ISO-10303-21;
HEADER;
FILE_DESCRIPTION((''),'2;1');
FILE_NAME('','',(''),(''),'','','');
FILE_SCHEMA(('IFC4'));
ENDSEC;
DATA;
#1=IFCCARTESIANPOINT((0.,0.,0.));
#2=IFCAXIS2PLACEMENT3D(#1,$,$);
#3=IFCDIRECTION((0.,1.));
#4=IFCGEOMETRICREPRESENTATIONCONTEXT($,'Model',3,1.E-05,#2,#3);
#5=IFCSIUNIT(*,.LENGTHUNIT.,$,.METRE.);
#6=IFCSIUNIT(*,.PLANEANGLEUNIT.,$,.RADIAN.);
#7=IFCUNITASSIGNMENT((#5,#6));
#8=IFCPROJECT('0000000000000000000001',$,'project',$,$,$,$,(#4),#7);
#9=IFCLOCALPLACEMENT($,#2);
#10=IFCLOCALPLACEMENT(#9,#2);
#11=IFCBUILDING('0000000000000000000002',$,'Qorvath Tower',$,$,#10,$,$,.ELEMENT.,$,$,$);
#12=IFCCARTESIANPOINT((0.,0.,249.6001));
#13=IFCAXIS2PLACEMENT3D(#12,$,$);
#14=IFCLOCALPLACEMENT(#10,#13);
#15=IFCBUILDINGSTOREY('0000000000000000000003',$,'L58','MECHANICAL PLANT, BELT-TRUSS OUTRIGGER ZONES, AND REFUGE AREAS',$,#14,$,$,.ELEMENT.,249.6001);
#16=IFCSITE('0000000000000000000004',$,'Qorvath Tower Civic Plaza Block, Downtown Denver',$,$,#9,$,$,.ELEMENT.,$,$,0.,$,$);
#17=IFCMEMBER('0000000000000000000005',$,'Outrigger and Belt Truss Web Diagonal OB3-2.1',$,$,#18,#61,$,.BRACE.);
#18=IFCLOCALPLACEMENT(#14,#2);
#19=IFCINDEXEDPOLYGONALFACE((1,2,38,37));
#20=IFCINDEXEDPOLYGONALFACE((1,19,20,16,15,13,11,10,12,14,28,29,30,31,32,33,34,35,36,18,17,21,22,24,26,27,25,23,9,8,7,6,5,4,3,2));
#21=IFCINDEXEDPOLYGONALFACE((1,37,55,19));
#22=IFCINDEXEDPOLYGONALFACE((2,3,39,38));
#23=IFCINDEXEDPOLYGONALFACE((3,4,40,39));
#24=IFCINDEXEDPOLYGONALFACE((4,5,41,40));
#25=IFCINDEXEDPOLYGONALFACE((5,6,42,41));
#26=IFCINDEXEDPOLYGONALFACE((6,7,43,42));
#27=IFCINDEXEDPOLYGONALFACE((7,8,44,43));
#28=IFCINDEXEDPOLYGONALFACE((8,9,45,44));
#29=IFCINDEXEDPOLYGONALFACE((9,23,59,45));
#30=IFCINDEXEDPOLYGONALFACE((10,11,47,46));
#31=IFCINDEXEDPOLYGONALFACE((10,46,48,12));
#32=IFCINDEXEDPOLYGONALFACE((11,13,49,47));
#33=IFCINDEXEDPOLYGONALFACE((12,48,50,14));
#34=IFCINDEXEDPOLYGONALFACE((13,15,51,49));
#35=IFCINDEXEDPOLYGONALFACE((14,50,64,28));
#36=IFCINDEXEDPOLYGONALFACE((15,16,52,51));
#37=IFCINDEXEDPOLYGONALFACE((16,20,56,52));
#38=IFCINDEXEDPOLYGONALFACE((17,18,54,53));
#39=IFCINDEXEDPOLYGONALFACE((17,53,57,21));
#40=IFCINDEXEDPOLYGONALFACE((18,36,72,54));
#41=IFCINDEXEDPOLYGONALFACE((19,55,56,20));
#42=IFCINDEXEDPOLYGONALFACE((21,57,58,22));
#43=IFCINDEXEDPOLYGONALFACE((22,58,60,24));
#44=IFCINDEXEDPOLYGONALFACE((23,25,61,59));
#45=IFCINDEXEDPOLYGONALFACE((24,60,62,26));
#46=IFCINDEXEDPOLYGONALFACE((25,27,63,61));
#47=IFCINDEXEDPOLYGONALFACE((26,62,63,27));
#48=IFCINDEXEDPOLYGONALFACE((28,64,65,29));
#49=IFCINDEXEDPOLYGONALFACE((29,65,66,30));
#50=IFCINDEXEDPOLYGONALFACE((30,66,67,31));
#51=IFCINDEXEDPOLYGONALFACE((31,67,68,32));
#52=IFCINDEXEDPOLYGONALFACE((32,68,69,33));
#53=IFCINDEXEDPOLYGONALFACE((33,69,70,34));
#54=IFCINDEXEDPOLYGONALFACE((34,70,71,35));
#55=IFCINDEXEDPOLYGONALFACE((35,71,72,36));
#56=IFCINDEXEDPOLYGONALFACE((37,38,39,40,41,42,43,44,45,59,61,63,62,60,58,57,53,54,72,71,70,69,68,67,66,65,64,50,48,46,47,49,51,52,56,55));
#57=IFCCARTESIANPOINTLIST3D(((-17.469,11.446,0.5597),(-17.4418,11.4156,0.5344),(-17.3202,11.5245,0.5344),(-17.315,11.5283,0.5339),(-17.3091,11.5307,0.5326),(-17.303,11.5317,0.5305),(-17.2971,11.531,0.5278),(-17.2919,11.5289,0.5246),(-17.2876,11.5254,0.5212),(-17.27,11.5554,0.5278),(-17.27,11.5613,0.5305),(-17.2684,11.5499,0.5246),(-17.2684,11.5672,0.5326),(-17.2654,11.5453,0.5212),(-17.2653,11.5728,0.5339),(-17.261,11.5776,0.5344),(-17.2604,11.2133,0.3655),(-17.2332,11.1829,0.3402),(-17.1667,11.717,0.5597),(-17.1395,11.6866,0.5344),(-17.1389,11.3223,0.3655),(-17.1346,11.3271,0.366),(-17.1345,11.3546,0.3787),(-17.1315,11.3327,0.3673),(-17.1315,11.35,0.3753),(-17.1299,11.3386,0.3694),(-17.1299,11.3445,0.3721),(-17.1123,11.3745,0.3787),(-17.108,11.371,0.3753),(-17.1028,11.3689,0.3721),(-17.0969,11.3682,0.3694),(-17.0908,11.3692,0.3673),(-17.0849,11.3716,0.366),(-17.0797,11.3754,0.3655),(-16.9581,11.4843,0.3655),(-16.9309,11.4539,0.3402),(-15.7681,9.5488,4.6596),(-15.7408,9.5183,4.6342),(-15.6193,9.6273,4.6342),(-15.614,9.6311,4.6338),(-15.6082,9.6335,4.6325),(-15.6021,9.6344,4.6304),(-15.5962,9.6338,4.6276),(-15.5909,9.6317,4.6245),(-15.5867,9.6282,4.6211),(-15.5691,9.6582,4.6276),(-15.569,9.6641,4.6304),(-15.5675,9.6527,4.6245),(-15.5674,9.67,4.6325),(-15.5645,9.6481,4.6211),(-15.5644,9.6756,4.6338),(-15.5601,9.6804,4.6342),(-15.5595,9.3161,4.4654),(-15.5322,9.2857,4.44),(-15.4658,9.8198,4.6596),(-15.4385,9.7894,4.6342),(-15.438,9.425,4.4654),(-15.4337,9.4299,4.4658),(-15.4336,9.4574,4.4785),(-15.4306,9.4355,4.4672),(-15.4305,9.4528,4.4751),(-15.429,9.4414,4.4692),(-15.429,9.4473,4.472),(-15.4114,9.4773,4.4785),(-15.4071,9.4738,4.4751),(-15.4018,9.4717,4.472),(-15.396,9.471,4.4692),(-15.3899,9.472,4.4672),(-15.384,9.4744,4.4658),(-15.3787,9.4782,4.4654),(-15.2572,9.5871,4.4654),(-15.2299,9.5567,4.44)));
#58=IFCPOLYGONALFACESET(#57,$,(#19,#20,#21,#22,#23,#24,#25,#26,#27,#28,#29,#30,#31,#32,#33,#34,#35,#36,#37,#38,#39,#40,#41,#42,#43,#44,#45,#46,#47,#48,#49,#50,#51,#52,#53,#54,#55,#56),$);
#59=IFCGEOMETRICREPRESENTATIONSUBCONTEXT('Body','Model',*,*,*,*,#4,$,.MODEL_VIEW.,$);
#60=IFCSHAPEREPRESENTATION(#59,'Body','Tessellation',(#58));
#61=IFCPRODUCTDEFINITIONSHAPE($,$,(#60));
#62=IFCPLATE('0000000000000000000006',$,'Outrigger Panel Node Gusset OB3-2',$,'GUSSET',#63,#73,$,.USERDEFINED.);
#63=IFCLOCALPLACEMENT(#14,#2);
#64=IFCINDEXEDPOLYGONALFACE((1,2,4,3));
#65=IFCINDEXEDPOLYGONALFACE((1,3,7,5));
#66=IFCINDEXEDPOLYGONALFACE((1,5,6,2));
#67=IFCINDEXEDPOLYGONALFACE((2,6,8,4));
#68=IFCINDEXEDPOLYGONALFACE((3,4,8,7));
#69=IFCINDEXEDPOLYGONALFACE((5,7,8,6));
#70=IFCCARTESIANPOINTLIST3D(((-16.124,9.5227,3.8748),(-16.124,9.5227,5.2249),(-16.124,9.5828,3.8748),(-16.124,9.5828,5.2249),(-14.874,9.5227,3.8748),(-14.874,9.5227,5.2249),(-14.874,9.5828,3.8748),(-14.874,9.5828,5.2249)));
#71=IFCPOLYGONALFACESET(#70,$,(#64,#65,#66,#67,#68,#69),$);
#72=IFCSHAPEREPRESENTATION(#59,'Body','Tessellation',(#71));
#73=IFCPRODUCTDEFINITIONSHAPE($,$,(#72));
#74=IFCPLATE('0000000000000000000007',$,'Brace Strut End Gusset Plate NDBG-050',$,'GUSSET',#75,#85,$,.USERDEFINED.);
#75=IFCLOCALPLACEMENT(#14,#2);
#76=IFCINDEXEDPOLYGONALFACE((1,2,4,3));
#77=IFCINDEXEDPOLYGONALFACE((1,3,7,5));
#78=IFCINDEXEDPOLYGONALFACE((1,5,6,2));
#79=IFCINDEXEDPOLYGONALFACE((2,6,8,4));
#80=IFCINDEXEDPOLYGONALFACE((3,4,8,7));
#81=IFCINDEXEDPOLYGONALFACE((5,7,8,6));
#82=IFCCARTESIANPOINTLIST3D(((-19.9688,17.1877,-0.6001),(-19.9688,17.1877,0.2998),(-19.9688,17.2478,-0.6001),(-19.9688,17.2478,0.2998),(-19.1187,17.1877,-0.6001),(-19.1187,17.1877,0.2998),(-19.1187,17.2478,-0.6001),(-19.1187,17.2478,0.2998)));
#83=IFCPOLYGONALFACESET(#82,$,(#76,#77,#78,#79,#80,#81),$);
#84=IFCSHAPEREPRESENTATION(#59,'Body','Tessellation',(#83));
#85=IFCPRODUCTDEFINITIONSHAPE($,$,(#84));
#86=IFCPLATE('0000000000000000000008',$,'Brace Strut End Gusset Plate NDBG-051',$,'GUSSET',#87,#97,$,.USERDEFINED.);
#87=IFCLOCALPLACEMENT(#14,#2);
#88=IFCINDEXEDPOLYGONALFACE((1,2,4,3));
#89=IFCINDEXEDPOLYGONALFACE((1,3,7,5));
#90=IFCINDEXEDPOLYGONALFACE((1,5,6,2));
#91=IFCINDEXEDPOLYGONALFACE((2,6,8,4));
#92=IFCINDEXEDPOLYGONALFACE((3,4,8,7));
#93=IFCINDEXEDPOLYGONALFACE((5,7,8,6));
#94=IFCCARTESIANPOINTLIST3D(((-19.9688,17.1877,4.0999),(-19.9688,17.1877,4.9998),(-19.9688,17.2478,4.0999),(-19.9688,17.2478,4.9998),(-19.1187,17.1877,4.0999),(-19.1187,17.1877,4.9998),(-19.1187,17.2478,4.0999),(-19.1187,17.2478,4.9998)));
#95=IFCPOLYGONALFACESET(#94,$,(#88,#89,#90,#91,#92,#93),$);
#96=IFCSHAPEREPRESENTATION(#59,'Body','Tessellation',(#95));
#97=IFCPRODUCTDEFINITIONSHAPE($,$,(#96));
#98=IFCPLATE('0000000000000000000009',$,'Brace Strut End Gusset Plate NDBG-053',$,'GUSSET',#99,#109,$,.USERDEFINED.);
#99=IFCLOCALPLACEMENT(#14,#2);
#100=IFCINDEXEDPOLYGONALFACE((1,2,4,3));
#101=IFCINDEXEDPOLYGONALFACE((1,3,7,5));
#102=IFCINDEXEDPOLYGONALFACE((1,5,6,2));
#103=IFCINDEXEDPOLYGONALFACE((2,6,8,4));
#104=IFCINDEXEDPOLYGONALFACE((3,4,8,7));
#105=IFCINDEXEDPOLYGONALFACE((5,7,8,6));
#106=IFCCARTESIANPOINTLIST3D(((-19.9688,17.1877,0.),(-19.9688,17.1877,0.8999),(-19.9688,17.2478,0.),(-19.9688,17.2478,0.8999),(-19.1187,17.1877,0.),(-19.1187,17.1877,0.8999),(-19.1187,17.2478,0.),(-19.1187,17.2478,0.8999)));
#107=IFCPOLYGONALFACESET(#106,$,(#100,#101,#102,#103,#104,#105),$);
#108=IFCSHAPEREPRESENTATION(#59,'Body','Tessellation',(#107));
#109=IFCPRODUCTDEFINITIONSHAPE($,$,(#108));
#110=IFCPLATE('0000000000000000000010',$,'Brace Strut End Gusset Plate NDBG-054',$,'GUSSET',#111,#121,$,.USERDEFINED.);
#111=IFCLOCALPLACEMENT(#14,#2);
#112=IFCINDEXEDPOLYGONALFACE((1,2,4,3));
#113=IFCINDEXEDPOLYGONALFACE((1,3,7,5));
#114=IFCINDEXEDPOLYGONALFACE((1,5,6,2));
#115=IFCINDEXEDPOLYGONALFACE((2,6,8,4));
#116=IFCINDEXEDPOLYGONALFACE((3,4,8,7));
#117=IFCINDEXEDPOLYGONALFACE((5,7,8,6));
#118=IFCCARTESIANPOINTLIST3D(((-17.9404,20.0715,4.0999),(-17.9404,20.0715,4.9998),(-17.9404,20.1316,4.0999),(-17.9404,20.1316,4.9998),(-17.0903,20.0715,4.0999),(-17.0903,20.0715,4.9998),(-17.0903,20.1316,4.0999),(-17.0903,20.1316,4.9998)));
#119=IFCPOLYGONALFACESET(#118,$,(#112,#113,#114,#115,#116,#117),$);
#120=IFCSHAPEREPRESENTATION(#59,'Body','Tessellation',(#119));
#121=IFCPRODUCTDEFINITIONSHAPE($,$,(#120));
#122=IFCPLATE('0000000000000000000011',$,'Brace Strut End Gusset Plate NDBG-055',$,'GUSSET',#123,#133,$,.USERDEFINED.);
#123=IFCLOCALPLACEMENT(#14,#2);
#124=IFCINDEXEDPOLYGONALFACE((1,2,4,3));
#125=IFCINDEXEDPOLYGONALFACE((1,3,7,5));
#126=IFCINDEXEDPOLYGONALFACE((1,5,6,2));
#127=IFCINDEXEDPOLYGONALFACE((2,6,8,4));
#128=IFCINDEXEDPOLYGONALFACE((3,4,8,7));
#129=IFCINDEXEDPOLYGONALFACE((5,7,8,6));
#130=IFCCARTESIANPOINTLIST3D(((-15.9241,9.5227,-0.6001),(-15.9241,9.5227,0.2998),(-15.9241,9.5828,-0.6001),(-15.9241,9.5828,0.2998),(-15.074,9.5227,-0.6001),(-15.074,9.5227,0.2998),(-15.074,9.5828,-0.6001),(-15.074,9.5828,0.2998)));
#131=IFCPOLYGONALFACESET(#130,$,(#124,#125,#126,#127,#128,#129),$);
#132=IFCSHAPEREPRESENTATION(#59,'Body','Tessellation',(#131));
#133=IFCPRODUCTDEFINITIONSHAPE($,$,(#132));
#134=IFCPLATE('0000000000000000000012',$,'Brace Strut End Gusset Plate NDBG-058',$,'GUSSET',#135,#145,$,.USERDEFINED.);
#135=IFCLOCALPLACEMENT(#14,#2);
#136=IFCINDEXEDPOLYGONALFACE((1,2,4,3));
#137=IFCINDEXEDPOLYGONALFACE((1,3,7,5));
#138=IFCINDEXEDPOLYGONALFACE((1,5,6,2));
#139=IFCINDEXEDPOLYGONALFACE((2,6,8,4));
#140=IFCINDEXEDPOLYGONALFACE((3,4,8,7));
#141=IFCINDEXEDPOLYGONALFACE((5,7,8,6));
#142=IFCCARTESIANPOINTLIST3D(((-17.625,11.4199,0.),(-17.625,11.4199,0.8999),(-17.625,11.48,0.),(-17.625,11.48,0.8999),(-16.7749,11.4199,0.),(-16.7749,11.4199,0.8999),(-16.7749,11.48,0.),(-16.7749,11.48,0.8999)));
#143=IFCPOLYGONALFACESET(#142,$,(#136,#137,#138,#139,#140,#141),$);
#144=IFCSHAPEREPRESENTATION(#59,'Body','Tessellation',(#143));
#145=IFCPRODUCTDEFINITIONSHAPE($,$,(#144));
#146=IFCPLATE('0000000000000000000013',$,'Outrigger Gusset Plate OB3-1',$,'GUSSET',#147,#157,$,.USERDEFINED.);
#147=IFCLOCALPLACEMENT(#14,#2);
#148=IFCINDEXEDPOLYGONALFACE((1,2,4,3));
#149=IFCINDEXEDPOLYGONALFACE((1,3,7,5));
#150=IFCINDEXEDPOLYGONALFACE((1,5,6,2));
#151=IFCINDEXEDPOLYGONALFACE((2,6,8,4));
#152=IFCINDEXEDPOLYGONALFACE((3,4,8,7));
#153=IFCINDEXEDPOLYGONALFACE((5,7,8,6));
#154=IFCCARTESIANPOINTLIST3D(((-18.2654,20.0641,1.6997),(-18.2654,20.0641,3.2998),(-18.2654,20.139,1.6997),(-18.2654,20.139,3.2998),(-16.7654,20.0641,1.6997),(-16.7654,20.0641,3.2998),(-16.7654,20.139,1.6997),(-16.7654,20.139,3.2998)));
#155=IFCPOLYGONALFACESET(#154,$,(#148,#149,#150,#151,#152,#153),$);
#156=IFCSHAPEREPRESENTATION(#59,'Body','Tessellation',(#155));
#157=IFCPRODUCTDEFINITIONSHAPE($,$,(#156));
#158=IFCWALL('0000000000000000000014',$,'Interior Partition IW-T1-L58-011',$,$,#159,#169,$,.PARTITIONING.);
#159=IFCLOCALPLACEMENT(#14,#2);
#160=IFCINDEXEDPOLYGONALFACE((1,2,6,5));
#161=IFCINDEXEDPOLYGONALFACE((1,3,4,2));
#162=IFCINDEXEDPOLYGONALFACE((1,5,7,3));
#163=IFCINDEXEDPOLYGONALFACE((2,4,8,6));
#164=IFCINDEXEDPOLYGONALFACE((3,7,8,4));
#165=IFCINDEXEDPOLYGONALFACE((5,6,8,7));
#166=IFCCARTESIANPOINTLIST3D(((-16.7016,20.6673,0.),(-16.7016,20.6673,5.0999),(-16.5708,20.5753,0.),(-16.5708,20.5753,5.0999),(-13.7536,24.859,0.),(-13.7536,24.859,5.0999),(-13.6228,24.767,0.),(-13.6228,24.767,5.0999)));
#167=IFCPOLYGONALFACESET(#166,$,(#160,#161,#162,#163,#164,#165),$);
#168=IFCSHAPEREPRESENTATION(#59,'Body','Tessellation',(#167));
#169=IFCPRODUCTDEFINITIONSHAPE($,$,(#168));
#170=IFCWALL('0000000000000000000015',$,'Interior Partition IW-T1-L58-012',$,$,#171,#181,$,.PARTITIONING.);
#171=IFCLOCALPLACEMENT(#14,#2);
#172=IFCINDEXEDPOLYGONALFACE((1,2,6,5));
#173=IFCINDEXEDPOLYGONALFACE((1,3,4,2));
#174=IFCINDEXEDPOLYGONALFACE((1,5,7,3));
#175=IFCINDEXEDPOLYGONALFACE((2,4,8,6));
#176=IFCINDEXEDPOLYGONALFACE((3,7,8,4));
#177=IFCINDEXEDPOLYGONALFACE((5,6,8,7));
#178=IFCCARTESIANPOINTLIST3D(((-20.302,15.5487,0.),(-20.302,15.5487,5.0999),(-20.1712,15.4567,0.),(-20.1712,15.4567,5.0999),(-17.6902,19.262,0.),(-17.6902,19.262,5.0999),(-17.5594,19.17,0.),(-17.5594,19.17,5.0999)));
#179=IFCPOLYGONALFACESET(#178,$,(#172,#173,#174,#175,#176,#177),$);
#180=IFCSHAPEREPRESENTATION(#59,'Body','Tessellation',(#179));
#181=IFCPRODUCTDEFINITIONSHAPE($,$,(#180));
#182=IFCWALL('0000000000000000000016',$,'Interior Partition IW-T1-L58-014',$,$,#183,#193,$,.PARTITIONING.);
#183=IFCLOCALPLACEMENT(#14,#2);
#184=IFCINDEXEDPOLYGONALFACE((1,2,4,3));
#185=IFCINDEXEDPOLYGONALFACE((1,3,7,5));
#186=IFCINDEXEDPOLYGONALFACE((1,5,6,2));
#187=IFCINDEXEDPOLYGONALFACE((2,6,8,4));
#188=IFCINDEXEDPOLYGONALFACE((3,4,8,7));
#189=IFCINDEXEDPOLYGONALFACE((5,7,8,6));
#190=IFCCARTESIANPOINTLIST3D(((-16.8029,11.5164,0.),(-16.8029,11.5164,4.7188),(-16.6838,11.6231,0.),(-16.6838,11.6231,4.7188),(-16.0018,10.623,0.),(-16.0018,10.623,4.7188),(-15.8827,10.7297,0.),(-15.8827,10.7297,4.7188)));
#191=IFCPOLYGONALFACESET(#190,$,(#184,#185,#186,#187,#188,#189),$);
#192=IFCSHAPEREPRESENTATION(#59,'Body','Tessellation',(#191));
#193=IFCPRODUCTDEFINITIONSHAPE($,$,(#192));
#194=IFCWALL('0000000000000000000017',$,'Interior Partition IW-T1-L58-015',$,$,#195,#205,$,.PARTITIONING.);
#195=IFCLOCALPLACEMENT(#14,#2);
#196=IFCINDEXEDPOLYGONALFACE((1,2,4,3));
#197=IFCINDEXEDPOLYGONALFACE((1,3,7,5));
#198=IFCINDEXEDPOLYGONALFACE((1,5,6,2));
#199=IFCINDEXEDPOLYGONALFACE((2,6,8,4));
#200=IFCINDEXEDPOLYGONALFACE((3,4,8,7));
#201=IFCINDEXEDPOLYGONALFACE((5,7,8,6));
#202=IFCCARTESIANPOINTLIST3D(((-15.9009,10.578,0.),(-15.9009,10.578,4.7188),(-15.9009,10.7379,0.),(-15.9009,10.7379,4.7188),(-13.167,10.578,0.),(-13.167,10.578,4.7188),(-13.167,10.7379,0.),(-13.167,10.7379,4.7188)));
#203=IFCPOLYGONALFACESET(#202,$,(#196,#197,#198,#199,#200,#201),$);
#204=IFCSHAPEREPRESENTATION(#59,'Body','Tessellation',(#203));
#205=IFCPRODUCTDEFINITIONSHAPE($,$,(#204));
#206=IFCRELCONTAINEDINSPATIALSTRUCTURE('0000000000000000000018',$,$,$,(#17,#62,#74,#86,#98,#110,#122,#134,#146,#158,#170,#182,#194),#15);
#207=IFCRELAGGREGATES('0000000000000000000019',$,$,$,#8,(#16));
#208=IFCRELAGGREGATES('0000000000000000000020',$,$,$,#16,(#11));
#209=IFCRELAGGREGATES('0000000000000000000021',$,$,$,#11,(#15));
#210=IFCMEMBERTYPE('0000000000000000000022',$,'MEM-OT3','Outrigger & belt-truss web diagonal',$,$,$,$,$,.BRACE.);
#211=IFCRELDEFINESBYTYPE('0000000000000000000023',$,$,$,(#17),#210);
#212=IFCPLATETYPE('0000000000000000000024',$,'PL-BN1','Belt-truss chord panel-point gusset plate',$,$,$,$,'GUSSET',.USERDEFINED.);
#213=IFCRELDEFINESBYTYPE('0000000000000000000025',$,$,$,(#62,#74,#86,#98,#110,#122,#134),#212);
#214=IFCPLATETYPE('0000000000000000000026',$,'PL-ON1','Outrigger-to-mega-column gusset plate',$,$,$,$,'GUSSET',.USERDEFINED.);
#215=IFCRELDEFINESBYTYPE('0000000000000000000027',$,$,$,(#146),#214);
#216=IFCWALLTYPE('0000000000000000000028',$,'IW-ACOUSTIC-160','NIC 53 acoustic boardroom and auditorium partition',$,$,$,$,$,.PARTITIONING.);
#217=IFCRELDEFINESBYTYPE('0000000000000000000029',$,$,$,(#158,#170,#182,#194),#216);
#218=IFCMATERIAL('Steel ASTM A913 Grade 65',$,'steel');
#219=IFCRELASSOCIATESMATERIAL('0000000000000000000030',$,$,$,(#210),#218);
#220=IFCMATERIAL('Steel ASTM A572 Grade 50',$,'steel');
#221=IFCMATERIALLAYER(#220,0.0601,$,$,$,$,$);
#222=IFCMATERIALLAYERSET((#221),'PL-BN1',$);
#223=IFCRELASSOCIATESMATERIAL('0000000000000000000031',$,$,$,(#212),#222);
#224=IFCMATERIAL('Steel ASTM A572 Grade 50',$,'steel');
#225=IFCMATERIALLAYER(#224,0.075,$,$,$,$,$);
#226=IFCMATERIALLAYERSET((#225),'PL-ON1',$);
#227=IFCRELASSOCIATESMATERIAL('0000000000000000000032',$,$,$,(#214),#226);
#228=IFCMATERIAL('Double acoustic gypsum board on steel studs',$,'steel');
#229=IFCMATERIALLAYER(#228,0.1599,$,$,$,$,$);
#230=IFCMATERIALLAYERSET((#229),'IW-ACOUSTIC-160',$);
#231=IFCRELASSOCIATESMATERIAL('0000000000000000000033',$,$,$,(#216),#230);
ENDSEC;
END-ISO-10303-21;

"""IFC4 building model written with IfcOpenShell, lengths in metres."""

from ifc_helpers import new_model, si_unit, direction, frame, frame_2d, origin, origin_2d, place, context, subcontext, project, spatial, rectangle, i_section, extrude, material, layer, layer_set, material_profile, profile_set, type_object, element, save


model = new_model("IFC4")

# Units and contexts
model_context = context("Model", 3, precision=1e-05, world=origin(), true_north=direction((0.0, 1.0)))
body_context = subcontext(model_context, "Body", "Model", "MODEL_VIEW")
ifc_project = project(units=[si_unit("LENGTHUNIT", "METRE"), si_unit("PLANEANGLEUNIT", "RADIAN")], contexts=[model_context])

# Site, building, storey
site_placement = place(None, origin())
site = spatial("IfcSite", under=ifc_project, at=site_placement, Name="Qorvath Tower Civic Plaza Block, Downtown Denver", CompositionType="ELEMENT", RefElevation=0.0)
building_placement = place(site_placement, origin())
building = spatial("IfcBuilding", under=site, at=building_placement, Name="Qorvath Tower", CompositionType="ELEMENT")
storey_placement = place(building_placement, frame((0.0, 0.0, 249.6001)))
storey = spatial("IfcBuildingStorey", under=building, at=storey_placement, Name="L58", Description="MECHANICAL PLANT, BELT-TRUSS OUTRIGGER ZONES, AND REFUGE AREAS", CompositionType="ELEMENT", Elevation=249.6001)

# Member
ifc_material_1 = material(Name="Steel ASTM A913 Grade 65", Category="steel")
ifc_material_profile_1 = material_profile(ifc_material_1, i_section(OverallWidth=0.406, OverallDepth=0.416, WebThickness=0.0298, FlangeThickness=0.0481, FilletRadius=0.0249, at=origin_2d()), Name="W14x257")
ifc_profile_set_1 = profile_set([ifc_material_profile_1], Name="Steel ASTM A913 Grade 65")
member_type_1 = type_object("IfcMemberType", Name="MEM-OT3", Description="Outrigger & belt-truss web diagonal", PredefinedType="BRACE", material=ifc_profile_set_1)
member_1_placement = place(storey_placement, frame((-17.2, 11.45, 0.45), z_axis=(0.352367, -0.39303, 0.849332), x_axis=(0.744574, 0.66754, 0.0)))
element("IfcMember", 1, at=member_1_placement, inside=storey, type_object=member_type_1, Name="Outrigger and Belt Truss Web Diagonal OB3-2.1", PredefinedType="BRACE", context=body_context, shape_type="SweptSolid", body=[
    extrude(i_section(OverallWidth=0.406, OverallDepth=0.416, WebThickness=0.0298, FlangeThickness=0.0481, FilletRadius=0.0249, at=origin_2d()), origin(), (0.0, 0.0, 1.0), 4.8271),
])

# Plates
ifc_material_2 = material(Name="Steel ASTM A572 Grade 50", Category="steel")
ifc_layer_1 = layer(ifc_material_2, 0.0601)
ifc_layer_set_1 = layer_set([ifc_layer_1], Name="PL-BN1")
plate_type_1 = type_object("IfcPlateType", Name="PL-BN1", Description="Belt-truss chord panel-point gusset plate", ElementType="GUSSET", PredefinedType="USERDEFINED", material=ifc_layer_set_1)
plate_1_placement = place(storey_placement, frame((-15.499, 9.5527, 3.8748), z_axis=(0.0, 0.0, 1.0), x_axis=(1.0, 0.0, 0.0)))
element("IfcPlate", 2, at=plate_1_placement, inside=storey, type_object=plate_type_1, Name="Outrigger Panel Node Gusset OB3-2", ObjectType="GUSSET", PredefinedType="USERDEFINED", context=body_context, shape_type="SweptSolid", body=[
    extrude(rectangle(XDim=1.25, YDim=0.0601, at=origin_2d()), origin(), (0.0, 0.0, 1.0), 1.3501),
])
for number, where, z_axis, x_axis, name in (
    (3, (-19.5437, 17.2178, -0.6001), (0.0, 0.0, 1.0), (1.0, 0.0, 0.0), "Brace Strut End Gusset Plate NDBG-050"),
    (4, (-19.5437, 17.2178, 4.0999), (0.0, 0.0, 1.0), (1.0, 0.0, 0.0), "Brace Strut End Gusset Plate NDBG-051"),
    (5, (-19.5437, 17.2178, 0.0), (0.0, 0.0, 1.0), (1.0, 0.0, 0.0), "Brace Strut End Gusset Plate NDBG-053"),
    (6, (-17.5154, 20.1016, 4.0999), (0.0, 0.0, 1.0), (1.0, 0.0, 0.0), "Brace Strut End Gusset Plate NDBG-054"),
    (7, (-15.499, 9.5527, -0.6001), (0.0, 0.0, 1.0), (1.0, 0.0, 0.0), "Brace Strut End Gusset Plate NDBG-055"),
    (8, (-17.2, 11.45, 0.0), (0.0, 0.0, 1.0), (1.0, 0.0, 0.0), "Brace Strut End Gusset Plate NDBG-058"),
):
    element("IfcPlate", number, at=place(storey_placement, frame(where, z_axis=z_axis, x_axis=x_axis)), inside=storey, type_object=plate_type_1, Name=name, ObjectType="GUSSET", PredefinedType="USERDEFINED", context=body_context, shape_type="SweptSolid", body=[
        extrude(rectangle(XDim=0.8501, YDim=0.0601, at=origin_2d()), origin(), (0.0, 0.0, 1.0), 0.8999),
    ])
ifc_material_3 = material(Name="Steel ASTM A572 Grade 50", Category="steel")
ifc_layer_2 = layer(ifc_material_3, 0.075)
ifc_layer_set_2 = layer_set([ifc_layer_2], Name="PL-ON1")
plate_type_2 = type_object("IfcPlateType", Name="PL-ON1", Description="Outrigger-to-mega-column gusset plate", ElementType="GUSSET", PredefinedType="USERDEFINED", material=ifc_layer_set_2)
plate_2_placement = place(storey_placement, frame((-17.5154, 20.1016, 1.6997), z_axis=(0.0, 0.0, 1.0), x_axis=(1.0, 0.0, 0.0)))
element("IfcPlate", 9, at=plate_2_placement, inside=storey, type_object=plate_type_2, Name="Outrigger Gusset Plate OB3-1", ObjectType="GUSSET", PredefinedType="USERDEFINED", context=body_context, shape_type="SweptSolid", body=[
    extrude(rectangle(XDim=1.5, YDim=0.075, at=origin_2d()), origin(), (0.0, 0.0, 1.0), 1.6001),
])

# Walls
ifc_material_4 = material(Name="Double acoustic gypsum board on steel studs", Category="steel")
ifc_layer_3 = layer(ifc_material_4, 0.1599)
ifc_layer_set_3 = layer_set([ifc_layer_3], Name="IW-ACOUSTIC-160")
wall_type_1 = type_object("IfcWallType", Name="IW-ACOUSTIC-160", Description="NIC 53 acoustic boardroom and auditorium partition", PredefinedType="PARTITIONING", material=ifc_layer_set_3)
wall_1_placement = place(storey_placement, frame((-13.6882, 24.813, 0.0), z_axis=(0.0, 0.0, 1.0), x_axis=(-0.575274, -0.817961, 0.0)))
element("IfcWall", 10, at=wall_1_placement, inside=storey, type_object=wall_type_1, Name="Interior Partition IW-T1-L58-011", PredefinedType="PARTITIONING", context=body_context, shape_type="SweptSolid", body=[
    extrude(rectangle(XDim=5.1245, YDim=0.1599, at=frame_2d((2.5623, 0.0))), origin(), (0.0, 0.0, 1.0), 5.0999),
])
wall_2_placement = place(storey_placement, frame((-17.6248, 19.2161, 0.0), z_axis=(0.0, 0.0, 1.0), x_axis=(-0.575302, -0.817941, 0.0)))
element("IfcWall", 11, at=wall_2_placement, inside=storey, type_object=wall_type_1, Name="Interior Partition IW-T1-L58-012", PredefinedType="PARTITIONING", context=body_context, shape_type="SweptSolid", body=[
    extrude(rectangle(XDim=4.5398, YDim=0.1599, at=frame_2d((2.27, 0.0))), origin(), (0.0, 0.0, 1.0), 5.0999),
])
wall_3_placement = place(storey_placement, frame((-16.7434, 11.5698, 0.0), z_axis=(0.0, 0.0, 1.0), x_axis=(0.667603, -0.744517, 0.0)))
element("IfcWall", 12, at=wall_3_placement, inside=storey, type_object=wall_type_1, Name="Interior Partition IW-T1-L58-014", PredefinedType="PARTITIONING", context=body_context, shape_type="SweptSolid", body=[
    extrude(rectangle(XDim=1.2, YDim=0.1599, at=frame_2d((0.6001, 0.0))), origin(), (0.0, 0.0, 1.0), 4.7188),
])
wall_4_placement = place(storey_placement, frame((-15.9009, 10.658, 0.0), z_axis=(0.0, 0.0, 1.0), x_axis=(1.0, 0.0, 0.0)))
element("IfcWall", 13, at=wall_4_placement, inside=storey, type_object=wall_type_1, Name="Interior Partition IW-T1-L58-015", PredefinedType="PARTITIONING", context=body_context, shape_type="SweptSolid", body=[
    extrude(rectangle(XDim=2.7339, YDim=0.1599, at=frame_2d((1.3669, 0.0))), origin(), (0.0, 0.0, 1.0), 4.7188),
])

save(model, "model.ifc")
